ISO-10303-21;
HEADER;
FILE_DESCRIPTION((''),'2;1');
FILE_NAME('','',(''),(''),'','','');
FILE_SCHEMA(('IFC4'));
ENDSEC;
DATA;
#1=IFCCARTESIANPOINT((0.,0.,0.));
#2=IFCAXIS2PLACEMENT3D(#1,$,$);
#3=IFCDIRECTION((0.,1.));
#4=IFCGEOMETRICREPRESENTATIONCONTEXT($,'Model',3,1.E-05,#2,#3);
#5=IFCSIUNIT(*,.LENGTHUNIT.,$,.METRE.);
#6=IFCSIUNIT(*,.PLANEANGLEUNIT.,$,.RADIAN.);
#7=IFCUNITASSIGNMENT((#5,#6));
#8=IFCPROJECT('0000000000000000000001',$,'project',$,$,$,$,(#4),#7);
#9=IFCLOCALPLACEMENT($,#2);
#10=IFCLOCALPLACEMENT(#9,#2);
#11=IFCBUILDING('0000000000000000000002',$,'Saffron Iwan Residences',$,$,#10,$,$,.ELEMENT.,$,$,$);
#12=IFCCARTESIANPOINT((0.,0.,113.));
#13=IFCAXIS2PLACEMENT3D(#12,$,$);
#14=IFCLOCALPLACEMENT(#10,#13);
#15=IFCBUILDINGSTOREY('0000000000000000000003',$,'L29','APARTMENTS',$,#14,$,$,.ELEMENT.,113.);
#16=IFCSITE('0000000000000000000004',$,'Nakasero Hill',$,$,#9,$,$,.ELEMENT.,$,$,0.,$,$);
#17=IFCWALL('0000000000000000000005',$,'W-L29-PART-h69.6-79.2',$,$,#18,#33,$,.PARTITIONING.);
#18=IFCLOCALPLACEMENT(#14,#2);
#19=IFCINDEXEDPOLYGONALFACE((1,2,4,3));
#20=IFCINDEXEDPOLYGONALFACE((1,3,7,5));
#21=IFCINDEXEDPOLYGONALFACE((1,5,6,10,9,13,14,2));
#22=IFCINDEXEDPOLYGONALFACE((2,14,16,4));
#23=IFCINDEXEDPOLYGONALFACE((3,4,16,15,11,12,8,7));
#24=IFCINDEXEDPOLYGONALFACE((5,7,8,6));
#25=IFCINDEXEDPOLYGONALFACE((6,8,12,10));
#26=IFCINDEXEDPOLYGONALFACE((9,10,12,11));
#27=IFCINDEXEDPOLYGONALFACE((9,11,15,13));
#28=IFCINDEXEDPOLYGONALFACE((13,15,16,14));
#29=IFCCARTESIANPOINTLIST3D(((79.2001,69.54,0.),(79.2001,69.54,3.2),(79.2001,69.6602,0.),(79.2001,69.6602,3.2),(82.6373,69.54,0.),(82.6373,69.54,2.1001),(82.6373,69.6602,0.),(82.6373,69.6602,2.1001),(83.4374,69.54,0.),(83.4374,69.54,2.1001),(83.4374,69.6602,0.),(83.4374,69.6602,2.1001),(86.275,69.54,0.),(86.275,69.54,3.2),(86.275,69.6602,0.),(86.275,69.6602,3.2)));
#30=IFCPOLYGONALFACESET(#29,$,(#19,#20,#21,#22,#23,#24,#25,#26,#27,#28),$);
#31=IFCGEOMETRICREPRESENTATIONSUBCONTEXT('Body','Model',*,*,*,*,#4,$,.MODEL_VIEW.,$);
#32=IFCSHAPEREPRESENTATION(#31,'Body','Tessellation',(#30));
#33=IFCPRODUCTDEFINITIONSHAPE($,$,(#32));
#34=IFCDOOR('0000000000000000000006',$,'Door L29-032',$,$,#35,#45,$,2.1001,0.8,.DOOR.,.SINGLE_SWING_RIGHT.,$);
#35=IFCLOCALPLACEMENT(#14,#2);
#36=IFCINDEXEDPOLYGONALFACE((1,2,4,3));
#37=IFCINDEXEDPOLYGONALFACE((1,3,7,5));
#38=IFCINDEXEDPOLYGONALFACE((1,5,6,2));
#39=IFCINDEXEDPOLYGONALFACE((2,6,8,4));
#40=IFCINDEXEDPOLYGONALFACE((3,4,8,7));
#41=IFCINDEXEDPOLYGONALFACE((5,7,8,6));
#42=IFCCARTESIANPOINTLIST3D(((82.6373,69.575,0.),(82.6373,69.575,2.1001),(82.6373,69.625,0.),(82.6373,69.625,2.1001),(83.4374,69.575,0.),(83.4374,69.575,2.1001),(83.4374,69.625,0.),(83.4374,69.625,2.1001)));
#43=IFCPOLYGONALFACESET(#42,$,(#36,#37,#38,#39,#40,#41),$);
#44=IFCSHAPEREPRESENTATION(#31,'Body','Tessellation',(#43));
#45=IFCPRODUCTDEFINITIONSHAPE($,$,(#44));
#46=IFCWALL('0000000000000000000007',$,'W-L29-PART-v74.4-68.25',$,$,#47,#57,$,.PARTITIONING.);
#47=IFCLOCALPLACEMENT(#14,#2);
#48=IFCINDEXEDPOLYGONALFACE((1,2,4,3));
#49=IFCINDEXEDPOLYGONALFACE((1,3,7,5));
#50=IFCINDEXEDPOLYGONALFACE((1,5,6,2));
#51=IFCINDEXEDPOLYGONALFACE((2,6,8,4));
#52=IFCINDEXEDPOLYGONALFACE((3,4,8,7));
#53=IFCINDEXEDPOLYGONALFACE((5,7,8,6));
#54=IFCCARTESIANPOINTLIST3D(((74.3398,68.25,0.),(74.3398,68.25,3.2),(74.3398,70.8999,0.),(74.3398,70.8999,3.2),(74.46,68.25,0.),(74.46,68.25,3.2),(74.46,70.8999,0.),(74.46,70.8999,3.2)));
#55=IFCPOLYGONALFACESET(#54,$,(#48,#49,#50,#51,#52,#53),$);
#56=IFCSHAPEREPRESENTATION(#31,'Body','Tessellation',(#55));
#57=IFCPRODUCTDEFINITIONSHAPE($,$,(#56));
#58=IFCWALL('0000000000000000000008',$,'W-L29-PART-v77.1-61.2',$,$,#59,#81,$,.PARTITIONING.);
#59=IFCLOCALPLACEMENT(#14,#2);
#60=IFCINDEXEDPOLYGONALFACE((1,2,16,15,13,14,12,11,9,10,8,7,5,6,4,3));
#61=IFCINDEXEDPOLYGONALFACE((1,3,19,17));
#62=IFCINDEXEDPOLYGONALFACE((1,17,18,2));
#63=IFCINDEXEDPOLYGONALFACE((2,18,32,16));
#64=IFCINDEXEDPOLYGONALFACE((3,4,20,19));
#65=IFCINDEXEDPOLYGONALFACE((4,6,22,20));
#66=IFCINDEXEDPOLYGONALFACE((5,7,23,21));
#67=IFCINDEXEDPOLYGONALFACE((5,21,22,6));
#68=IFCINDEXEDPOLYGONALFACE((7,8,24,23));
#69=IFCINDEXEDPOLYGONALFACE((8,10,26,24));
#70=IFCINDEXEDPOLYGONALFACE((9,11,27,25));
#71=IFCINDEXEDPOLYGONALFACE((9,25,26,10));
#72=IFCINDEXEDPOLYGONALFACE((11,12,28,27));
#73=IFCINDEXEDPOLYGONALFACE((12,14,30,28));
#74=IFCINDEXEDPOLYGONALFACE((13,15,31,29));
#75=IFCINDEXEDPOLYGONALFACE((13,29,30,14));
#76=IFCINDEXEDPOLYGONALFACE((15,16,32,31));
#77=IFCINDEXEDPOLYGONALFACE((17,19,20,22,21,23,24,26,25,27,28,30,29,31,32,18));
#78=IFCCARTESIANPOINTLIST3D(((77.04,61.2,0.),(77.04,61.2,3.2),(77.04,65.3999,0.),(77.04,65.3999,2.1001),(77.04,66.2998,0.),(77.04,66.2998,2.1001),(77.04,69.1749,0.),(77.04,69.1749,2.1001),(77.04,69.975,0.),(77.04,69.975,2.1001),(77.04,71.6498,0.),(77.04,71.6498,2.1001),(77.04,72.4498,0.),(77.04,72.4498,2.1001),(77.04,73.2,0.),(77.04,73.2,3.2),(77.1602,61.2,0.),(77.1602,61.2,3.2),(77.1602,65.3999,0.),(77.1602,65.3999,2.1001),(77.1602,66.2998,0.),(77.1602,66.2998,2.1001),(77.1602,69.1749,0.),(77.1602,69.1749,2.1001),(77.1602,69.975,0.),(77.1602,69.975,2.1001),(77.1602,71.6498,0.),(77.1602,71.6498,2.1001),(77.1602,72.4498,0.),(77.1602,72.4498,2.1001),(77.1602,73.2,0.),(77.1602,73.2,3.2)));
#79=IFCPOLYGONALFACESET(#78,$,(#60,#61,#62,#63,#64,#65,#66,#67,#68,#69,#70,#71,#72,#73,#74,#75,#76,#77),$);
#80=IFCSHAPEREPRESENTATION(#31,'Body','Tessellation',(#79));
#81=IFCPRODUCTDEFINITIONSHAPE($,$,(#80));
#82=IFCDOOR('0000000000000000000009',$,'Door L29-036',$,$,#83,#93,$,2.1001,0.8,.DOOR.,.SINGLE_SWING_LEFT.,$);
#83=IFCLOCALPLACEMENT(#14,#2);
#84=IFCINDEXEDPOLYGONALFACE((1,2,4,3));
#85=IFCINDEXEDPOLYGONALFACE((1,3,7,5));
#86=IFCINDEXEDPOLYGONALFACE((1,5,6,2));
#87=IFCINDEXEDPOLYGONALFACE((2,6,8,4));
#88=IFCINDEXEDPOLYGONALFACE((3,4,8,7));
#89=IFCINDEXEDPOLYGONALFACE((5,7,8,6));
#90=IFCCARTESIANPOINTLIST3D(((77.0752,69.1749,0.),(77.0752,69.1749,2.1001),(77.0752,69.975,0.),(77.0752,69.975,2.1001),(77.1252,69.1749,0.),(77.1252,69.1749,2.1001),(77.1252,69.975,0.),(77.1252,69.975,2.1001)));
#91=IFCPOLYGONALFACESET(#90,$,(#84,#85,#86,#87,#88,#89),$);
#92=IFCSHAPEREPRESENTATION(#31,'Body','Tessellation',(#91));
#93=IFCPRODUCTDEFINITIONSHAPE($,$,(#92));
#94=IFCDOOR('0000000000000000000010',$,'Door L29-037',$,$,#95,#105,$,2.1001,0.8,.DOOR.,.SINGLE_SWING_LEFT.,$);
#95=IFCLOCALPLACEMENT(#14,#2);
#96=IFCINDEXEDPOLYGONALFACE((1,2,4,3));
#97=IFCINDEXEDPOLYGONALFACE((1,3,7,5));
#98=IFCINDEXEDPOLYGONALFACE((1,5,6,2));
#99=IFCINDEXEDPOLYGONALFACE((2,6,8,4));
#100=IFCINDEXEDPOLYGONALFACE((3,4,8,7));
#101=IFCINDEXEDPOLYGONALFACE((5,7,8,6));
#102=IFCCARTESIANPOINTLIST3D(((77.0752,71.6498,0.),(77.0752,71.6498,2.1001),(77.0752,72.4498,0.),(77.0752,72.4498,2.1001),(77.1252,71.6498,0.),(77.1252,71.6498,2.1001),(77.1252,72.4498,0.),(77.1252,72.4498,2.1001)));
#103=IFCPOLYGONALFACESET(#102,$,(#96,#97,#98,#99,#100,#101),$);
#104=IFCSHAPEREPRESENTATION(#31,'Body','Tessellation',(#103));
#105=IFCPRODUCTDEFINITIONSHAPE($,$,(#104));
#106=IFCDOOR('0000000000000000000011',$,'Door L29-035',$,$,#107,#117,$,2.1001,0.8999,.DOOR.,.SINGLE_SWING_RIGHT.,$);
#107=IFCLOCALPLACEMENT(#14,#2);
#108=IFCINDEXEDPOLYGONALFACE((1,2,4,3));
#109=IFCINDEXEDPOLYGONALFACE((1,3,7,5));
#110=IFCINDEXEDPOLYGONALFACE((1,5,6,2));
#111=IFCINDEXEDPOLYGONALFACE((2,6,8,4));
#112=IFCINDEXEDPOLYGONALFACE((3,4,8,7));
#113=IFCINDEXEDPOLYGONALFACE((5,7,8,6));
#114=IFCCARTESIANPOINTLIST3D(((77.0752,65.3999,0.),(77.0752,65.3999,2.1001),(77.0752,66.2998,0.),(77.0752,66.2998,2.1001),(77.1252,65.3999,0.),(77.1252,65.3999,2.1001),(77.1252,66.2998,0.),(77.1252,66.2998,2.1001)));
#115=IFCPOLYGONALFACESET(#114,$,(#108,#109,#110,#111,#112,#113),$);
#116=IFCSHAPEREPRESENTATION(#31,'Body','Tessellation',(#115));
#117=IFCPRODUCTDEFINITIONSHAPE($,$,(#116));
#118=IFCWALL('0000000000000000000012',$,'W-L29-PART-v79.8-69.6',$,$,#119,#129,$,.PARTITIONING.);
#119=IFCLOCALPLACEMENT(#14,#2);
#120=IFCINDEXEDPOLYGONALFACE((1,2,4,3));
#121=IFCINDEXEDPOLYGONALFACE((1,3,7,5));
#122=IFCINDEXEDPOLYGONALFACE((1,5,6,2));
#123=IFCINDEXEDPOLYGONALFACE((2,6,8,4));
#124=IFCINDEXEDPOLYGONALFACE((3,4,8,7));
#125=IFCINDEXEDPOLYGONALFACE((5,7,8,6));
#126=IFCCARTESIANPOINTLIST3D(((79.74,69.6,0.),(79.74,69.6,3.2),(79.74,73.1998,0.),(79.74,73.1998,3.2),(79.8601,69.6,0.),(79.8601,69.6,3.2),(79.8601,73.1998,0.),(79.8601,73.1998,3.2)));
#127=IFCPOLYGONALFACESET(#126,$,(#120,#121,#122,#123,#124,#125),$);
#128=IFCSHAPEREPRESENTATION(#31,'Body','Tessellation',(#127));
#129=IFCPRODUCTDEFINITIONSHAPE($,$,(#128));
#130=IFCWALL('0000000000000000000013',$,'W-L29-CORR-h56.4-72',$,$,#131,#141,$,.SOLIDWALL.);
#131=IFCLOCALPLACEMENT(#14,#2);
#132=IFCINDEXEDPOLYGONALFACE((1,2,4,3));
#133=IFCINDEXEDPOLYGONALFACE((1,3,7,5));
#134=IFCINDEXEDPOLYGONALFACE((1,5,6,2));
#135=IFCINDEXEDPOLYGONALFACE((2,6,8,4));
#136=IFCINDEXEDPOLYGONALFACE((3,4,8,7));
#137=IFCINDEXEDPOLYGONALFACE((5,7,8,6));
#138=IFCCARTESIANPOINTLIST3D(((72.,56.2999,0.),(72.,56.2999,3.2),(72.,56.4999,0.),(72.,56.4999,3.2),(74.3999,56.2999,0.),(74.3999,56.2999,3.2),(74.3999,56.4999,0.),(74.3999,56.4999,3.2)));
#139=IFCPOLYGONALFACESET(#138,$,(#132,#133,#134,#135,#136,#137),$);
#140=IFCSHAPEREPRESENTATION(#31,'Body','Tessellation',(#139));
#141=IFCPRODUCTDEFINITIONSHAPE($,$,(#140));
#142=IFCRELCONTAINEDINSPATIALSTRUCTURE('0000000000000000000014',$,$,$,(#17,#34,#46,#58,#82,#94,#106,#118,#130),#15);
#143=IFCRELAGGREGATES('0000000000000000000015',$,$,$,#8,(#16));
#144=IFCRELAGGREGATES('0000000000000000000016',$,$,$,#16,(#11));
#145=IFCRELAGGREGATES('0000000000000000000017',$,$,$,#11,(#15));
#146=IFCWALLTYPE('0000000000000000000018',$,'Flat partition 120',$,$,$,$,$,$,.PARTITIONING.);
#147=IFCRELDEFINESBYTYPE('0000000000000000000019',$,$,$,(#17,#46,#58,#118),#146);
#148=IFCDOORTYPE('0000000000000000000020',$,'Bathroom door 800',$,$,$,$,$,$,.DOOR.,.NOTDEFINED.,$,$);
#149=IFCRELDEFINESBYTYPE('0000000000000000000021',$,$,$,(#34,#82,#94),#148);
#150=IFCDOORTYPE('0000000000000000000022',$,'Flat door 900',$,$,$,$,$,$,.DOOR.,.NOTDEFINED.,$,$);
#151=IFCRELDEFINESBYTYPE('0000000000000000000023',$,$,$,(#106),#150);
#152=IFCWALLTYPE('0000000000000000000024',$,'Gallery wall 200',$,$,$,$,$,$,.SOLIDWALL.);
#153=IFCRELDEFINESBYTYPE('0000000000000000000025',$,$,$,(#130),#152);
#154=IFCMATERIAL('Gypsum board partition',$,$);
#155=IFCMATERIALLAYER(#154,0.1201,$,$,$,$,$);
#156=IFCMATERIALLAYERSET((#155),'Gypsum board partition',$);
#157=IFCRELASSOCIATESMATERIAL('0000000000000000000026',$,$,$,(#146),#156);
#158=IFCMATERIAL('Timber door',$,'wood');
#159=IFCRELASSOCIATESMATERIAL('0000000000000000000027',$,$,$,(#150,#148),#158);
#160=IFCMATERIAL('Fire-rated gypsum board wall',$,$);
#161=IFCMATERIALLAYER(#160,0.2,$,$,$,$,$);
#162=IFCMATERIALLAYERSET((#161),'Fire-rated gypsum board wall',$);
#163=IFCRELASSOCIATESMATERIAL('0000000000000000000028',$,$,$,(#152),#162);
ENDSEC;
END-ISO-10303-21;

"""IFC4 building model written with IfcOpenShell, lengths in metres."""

from ifc_helpers import new_model, si_unit, direction, frame, frame_2d, origin, place, context, subcontext, project, spatial, rectangle, extrude, material, layer, layer_set, type_object, element, fill, save


model = new_model("IFC4")

# Units and contexts
model_context = context("Model", 3, precision=1e-05, world=origin(), true_north=direction((0.0, 1.0)))
body_context = subcontext(model_context, "Body", "Model", "MODEL_VIEW")
ifc_project = project(units=[si_unit("LENGTHUNIT", "METRE"), si_unit("PLANEANGLEUNIT", "RADIAN")], contexts=[model_context])

# Site, building, storey
site_placement = place(None, origin())
site = spatial("IfcSite", under=ifc_project, at=site_placement, Name="Nakasero Hill", CompositionType="ELEMENT", RefElevation=0.0)
building_placement = place(site_placement, origin())
building = spatial("IfcBuilding", under=site, at=building_placement, Name="Saffron Iwan Residences", CompositionType="ELEMENT")
storey_placement = place(building_placement, frame((0.0, 0.0, 113.0)))
storey = spatial("IfcBuildingStorey", under=building, at=storey_placement, Name="L29", Description="APARTMENTS", CompositionType="ELEMENT", Elevation=113.0)

# Shared definitions
ifc_material_1 = material(Name="Fire-rated gypsum board wall")
ifc_material_2 = material(Name="Gypsum board partition")
ifc_layer_1 = layer(ifc_material_2, 0.1201)
ifc_layer_set_1 = layer_set([ifc_layer_1], Name="Gypsum board partition")
wall_type_1 = type_object("IfcWallType", Name="Flat partition 120", PredefinedType="PARTITIONING", material=ifc_layer_set_1)

# Shared definitions
ifc_material_3 = material(Name="Timber door", Category="wood")
door_type_1 = type_object("IfcDoorType", Name="Flat door 900", OperationType="NOTDEFINED", PredefinedType="DOOR", material=ifc_material_3)

# Wall, opening, door
wall_1_placement = place(storey_placement, frame((79.2, 69.6001, 0.0), z_axis=(0.0, 0.0, 1.0), x_axis=(1.0, 0.0, 0.0)))
wall_1 = element("IfcWall", 1, at=wall_1_placement, inside=storey, type_object=wall_type_1, Name="W-L29-PART-h69.6-79.2", PredefinedType="PARTITIONING", context=body_context, shape_type="SweptSolid", body=[
    extrude(rectangle(XDim=7.075, YDim=0.1201, at=frame_2d((3.5376, 0.0))), origin(), (0.0, 0.0, 1.0), 3.2),
])
opening_1_placement = place(wall_1_placement, frame((3.4375, 0.0, 0.0)))
opening_1 = element("IfcOpeningElement", 2, at=opening_1_placement, cuts=wall_1, PredefinedType="OPENING", context=body_context, shape_type="SweptSolid", body=[
    extrude(rectangle(XDim=0.8, YDim=2.1001, at=frame_2d((0.3999, 1.05))), frame((0.0, 0.0701, 0.0), z_axis=(0.0, -1.0, 0.0), x_axis=(1.0, 0.0, 0.0)), (0.0, 0.0, 1.0), 0.1401),
])
door_type_2 = type_object("IfcDoorType", Name="Bathroom door 800", OperationType="NOTDEFINED", PredefinedType="DOOR", material=ifc_material_3)
door_1_placement = place(opening_1_placement, origin())
door_1 = element("IfcDoor", 3, at=door_1_placement, inside=storey, type_object=door_type_2, Name="Door L29-032", OperationType="SINGLE_SWING_RIGHT", OverallHeight=2.1001, OverallWidth=0.8, PredefinedType="DOOR", context=body_context, shape_type="SweptSolid", body=[
    extrude(rectangle(XDim=0.8, YDim=2.1001, at=frame_2d((0.3999, 1.05))), frame((0.0, 0.0249, 0.0), z_axis=(0.0, -1.0, 0.0), x_axis=(1.0, 0.0, 0.0)), (0.0, 0.0, 1.0), 0.05),
])
fill(opening_1, door_1)

# Wall
wall_2_placement = place(storey_placement, frame((74.3999, 68.25, 0.0), z_axis=(0.0, 0.0, 1.0), x_axis=(0.0, 1.0, 0.0)))
element("IfcWall", 4, at=wall_2_placement, inside=storey, type_object=wall_type_1, Name="W-L29-PART-v74.4-68.25", PredefinedType="PARTITIONING", context=body_context, shape_type="SweptSolid", body=[
    extrude(rectangle(XDim=2.6499, YDim=0.1201, at=frame_2d((1.325, 0.0))), origin(), (0.0, 0.0, 1.0), 3.2),
])

# Wall, openings, doors
wall_3_placement = place(storey_placement, frame((77.1001, 61.2, 0.0), z_axis=(0.0, 0.0, 1.0), x_axis=(0.0, 1.0, 0.0)))
wall_3 = element("IfcWall", 5, at=wall_3_placement, inside=storey, type_object=wall_type_1, Name="W-L29-PART-v77.1-61.2", PredefinedType="PARTITIONING", context=body_context, shape_type="SweptSolid", body=[
    extrude(rectangle(XDim=12.0, YDim=0.1201, at=frame_2d((6.0, 0.0))), origin(), (0.0, 0.0, 1.0), 3.2),
])
opening_2_placement = place(wall_3_placement, frame((4.2, 0.0, 0.0)))
opening_2 = element("IfcOpeningElement", 6, at=opening_2_placement, cuts=wall_3, PredefinedType="OPENING", context=body_context, shape_type="SweptSolid", body=[
    extrude(rectangle(XDim=0.8999, YDim=2.1001, at=frame_2d((0.45, 1.05))), frame((0.0, 0.0701, 0.0), z_axis=(0.0, -1.0, 0.0), x_axis=(1.0, 0.0, 0.0)), (0.0, 0.0, 1.0), 0.1401),
])
opening_3_placement = place(wall_3_placement, frame((7.9751, 0.0, 0.0)))
opening_3 = element("IfcOpeningElement", 7, at=opening_3_placement, cuts=wall_3, PredefinedType="OPENING", context=body_context, shape_type="SweptSolid", body=[
    extrude(rectangle(XDim=0.8, YDim=2.1001, at=frame_2d((0.3999, 1.05))), frame((0.0, 0.0701, 0.0), z_axis=(0.0, -1.0, 0.0), x_axis=(1.0, 0.0, 0.0)), (0.0, 0.0, 1.0), 0.1401),
])
opening_4_placement = place(wall_3_placement, frame((10.45, 0.0, 0.0)))
opening_4 = element("IfcOpeningElement", 8, at=opening_4_placement, cuts=wall_3, PredefinedType="OPENING", context=body_context, shape_type="SweptSolid", body=[
    extrude(rectangle(XDim=0.8, YDim=2.1001, at=frame_2d((0.3999, 1.05))), frame((0.0, 0.0701, 0.0), z_axis=(0.0, -1.0, 0.0), x_axis=(1.0, 0.0, 0.0)), (0.0, 0.0, 1.0), 0.1401),
])
door_2_placement = place(opening_3_placement, origin())
door_2 = element("IfcDoor", 9, at=door_2_placement, inside=storey, type_object=door_type_2, Name="Door L29-036", OperationType="SINGLE_SWING_LEFT", OverallHeight=2.1001, OverallWidth=0.8, PredefinedType="DOOR", context=body_context, shape_type="SweptSolid", body=[
    extrude(rectangle(XDim=0.8, YDim=2.1001, at=frame_2d((0.3999, 1.05))), frame((0.0, 0.0249, 0.0), z_axis=(0.0, -1.0, 0.0), x_axis=(1.0, 0.0, 0.0)), (0.0, 0.0, 1.0), 0.05),
])
fill(opening_3, door_2)
door_3_placement = place(opening_4_placement, origin())
door_3 = element("IfcDoor", 10, at=door_3_placement, inside=storey, type_object=door_type_2, Name="Door L29-037", OperationType="SINGLE_SWING_LEFT", OverallHeight=2.1001, OverallWidth=0.8, PredefinedType="DOOR", context=body_context, shape_type="SweptSolid", body=[
    extrude(rectangle(XDim=0.8, YDim=2.1001, at=frame_2d((0.3999, 1.05))), frame((0.0, 0.0249, 0.0), z_axis=(0.0, -1.0, 0.0), x_axis=(1.0, 0.0, 0.0)), (0.0, 0.0, 1.0), 0.05),
])
fill(opening_4, door_3)
door_4_placement = place(opening_2_placement, origin())
door_4 = element("IfcDoor", 11, at=door_4_placement, inside=storey, type_object=door_type_1, Name="Door L29-035", OperationType="SINGLE_SWING_RIGHT", OverallHeight=2.1001, OverallWidth=0.8999, PredefinedType="DOOR", context=body_context, shape_type="SweptSolid", body=[
    extrude(rectangle(XDim=0.8999, YDim=2.1001, at=frame_2d((0.45, 1.05))), frame((0.0, 0.0249, 0.0), z_axis=(0.0, -1.0, 0.0), x_axis=(1.0, 0.0, 0.0)), (0.0, 0.0, 1.0), 0.05),
])
fill(opening_2, door_4)

# Walls
wall_4_placement = place(storey_placement, frame((79.8, 69.6001, 0.0), z_axis=(0.0, 0.0, 1.0), x_axis=(0.0, 1.0, 0.0)))
element("IfcWall", 12, at=wall_4_placement, inside=storey, type_object=wall_type_1, Name="W-L29-PART-v79.8-69.6", PredefinedType="PARTITIONING", context=body_context, shape_type="SweptSolid", body=[
    extrude(rectangle(XDim=3.5999, YDim=0.1201, at=frame_2d((1.7998, 0.0))), origin(), (0.0, 0.0, 1.0), 3.2),
])
ifc_layer_2 = layer(ifc_material_1, 0.2)
ifc_layer_set_2 = layer_set([ifc_layer_2], Name="Fire-rated gypsum board wall")
wall_type_2 = type_object("IfcWallType", Name="Gallery wall 200", PredefinedType="SOLIDWALL", material=ifc_layer_set_2)
wall_5_placement = place(storey_placement, frame((72.0, 56.3999, 0.0), z_axis=(0.0, 0.0, 1.0), x_axis=(1.0, 0.0, 0.0)))
element("IfcWall", 13, at=wall_5_placement, inside=storey, type_object=wall_type_2, Name="W-L29-CORR-h56.4-72", PredefinedType="SOLIDWALL", context=body_context, shape_type="SweptSolid", body=[
    extrude(rectangle(XDim=2.3999, YDim=0.2, at=frame_2d((1.2, 0.0))), origin(), (0.0, 0.0, 1.0), 3.2),
])

save(model, "model.ifc")
